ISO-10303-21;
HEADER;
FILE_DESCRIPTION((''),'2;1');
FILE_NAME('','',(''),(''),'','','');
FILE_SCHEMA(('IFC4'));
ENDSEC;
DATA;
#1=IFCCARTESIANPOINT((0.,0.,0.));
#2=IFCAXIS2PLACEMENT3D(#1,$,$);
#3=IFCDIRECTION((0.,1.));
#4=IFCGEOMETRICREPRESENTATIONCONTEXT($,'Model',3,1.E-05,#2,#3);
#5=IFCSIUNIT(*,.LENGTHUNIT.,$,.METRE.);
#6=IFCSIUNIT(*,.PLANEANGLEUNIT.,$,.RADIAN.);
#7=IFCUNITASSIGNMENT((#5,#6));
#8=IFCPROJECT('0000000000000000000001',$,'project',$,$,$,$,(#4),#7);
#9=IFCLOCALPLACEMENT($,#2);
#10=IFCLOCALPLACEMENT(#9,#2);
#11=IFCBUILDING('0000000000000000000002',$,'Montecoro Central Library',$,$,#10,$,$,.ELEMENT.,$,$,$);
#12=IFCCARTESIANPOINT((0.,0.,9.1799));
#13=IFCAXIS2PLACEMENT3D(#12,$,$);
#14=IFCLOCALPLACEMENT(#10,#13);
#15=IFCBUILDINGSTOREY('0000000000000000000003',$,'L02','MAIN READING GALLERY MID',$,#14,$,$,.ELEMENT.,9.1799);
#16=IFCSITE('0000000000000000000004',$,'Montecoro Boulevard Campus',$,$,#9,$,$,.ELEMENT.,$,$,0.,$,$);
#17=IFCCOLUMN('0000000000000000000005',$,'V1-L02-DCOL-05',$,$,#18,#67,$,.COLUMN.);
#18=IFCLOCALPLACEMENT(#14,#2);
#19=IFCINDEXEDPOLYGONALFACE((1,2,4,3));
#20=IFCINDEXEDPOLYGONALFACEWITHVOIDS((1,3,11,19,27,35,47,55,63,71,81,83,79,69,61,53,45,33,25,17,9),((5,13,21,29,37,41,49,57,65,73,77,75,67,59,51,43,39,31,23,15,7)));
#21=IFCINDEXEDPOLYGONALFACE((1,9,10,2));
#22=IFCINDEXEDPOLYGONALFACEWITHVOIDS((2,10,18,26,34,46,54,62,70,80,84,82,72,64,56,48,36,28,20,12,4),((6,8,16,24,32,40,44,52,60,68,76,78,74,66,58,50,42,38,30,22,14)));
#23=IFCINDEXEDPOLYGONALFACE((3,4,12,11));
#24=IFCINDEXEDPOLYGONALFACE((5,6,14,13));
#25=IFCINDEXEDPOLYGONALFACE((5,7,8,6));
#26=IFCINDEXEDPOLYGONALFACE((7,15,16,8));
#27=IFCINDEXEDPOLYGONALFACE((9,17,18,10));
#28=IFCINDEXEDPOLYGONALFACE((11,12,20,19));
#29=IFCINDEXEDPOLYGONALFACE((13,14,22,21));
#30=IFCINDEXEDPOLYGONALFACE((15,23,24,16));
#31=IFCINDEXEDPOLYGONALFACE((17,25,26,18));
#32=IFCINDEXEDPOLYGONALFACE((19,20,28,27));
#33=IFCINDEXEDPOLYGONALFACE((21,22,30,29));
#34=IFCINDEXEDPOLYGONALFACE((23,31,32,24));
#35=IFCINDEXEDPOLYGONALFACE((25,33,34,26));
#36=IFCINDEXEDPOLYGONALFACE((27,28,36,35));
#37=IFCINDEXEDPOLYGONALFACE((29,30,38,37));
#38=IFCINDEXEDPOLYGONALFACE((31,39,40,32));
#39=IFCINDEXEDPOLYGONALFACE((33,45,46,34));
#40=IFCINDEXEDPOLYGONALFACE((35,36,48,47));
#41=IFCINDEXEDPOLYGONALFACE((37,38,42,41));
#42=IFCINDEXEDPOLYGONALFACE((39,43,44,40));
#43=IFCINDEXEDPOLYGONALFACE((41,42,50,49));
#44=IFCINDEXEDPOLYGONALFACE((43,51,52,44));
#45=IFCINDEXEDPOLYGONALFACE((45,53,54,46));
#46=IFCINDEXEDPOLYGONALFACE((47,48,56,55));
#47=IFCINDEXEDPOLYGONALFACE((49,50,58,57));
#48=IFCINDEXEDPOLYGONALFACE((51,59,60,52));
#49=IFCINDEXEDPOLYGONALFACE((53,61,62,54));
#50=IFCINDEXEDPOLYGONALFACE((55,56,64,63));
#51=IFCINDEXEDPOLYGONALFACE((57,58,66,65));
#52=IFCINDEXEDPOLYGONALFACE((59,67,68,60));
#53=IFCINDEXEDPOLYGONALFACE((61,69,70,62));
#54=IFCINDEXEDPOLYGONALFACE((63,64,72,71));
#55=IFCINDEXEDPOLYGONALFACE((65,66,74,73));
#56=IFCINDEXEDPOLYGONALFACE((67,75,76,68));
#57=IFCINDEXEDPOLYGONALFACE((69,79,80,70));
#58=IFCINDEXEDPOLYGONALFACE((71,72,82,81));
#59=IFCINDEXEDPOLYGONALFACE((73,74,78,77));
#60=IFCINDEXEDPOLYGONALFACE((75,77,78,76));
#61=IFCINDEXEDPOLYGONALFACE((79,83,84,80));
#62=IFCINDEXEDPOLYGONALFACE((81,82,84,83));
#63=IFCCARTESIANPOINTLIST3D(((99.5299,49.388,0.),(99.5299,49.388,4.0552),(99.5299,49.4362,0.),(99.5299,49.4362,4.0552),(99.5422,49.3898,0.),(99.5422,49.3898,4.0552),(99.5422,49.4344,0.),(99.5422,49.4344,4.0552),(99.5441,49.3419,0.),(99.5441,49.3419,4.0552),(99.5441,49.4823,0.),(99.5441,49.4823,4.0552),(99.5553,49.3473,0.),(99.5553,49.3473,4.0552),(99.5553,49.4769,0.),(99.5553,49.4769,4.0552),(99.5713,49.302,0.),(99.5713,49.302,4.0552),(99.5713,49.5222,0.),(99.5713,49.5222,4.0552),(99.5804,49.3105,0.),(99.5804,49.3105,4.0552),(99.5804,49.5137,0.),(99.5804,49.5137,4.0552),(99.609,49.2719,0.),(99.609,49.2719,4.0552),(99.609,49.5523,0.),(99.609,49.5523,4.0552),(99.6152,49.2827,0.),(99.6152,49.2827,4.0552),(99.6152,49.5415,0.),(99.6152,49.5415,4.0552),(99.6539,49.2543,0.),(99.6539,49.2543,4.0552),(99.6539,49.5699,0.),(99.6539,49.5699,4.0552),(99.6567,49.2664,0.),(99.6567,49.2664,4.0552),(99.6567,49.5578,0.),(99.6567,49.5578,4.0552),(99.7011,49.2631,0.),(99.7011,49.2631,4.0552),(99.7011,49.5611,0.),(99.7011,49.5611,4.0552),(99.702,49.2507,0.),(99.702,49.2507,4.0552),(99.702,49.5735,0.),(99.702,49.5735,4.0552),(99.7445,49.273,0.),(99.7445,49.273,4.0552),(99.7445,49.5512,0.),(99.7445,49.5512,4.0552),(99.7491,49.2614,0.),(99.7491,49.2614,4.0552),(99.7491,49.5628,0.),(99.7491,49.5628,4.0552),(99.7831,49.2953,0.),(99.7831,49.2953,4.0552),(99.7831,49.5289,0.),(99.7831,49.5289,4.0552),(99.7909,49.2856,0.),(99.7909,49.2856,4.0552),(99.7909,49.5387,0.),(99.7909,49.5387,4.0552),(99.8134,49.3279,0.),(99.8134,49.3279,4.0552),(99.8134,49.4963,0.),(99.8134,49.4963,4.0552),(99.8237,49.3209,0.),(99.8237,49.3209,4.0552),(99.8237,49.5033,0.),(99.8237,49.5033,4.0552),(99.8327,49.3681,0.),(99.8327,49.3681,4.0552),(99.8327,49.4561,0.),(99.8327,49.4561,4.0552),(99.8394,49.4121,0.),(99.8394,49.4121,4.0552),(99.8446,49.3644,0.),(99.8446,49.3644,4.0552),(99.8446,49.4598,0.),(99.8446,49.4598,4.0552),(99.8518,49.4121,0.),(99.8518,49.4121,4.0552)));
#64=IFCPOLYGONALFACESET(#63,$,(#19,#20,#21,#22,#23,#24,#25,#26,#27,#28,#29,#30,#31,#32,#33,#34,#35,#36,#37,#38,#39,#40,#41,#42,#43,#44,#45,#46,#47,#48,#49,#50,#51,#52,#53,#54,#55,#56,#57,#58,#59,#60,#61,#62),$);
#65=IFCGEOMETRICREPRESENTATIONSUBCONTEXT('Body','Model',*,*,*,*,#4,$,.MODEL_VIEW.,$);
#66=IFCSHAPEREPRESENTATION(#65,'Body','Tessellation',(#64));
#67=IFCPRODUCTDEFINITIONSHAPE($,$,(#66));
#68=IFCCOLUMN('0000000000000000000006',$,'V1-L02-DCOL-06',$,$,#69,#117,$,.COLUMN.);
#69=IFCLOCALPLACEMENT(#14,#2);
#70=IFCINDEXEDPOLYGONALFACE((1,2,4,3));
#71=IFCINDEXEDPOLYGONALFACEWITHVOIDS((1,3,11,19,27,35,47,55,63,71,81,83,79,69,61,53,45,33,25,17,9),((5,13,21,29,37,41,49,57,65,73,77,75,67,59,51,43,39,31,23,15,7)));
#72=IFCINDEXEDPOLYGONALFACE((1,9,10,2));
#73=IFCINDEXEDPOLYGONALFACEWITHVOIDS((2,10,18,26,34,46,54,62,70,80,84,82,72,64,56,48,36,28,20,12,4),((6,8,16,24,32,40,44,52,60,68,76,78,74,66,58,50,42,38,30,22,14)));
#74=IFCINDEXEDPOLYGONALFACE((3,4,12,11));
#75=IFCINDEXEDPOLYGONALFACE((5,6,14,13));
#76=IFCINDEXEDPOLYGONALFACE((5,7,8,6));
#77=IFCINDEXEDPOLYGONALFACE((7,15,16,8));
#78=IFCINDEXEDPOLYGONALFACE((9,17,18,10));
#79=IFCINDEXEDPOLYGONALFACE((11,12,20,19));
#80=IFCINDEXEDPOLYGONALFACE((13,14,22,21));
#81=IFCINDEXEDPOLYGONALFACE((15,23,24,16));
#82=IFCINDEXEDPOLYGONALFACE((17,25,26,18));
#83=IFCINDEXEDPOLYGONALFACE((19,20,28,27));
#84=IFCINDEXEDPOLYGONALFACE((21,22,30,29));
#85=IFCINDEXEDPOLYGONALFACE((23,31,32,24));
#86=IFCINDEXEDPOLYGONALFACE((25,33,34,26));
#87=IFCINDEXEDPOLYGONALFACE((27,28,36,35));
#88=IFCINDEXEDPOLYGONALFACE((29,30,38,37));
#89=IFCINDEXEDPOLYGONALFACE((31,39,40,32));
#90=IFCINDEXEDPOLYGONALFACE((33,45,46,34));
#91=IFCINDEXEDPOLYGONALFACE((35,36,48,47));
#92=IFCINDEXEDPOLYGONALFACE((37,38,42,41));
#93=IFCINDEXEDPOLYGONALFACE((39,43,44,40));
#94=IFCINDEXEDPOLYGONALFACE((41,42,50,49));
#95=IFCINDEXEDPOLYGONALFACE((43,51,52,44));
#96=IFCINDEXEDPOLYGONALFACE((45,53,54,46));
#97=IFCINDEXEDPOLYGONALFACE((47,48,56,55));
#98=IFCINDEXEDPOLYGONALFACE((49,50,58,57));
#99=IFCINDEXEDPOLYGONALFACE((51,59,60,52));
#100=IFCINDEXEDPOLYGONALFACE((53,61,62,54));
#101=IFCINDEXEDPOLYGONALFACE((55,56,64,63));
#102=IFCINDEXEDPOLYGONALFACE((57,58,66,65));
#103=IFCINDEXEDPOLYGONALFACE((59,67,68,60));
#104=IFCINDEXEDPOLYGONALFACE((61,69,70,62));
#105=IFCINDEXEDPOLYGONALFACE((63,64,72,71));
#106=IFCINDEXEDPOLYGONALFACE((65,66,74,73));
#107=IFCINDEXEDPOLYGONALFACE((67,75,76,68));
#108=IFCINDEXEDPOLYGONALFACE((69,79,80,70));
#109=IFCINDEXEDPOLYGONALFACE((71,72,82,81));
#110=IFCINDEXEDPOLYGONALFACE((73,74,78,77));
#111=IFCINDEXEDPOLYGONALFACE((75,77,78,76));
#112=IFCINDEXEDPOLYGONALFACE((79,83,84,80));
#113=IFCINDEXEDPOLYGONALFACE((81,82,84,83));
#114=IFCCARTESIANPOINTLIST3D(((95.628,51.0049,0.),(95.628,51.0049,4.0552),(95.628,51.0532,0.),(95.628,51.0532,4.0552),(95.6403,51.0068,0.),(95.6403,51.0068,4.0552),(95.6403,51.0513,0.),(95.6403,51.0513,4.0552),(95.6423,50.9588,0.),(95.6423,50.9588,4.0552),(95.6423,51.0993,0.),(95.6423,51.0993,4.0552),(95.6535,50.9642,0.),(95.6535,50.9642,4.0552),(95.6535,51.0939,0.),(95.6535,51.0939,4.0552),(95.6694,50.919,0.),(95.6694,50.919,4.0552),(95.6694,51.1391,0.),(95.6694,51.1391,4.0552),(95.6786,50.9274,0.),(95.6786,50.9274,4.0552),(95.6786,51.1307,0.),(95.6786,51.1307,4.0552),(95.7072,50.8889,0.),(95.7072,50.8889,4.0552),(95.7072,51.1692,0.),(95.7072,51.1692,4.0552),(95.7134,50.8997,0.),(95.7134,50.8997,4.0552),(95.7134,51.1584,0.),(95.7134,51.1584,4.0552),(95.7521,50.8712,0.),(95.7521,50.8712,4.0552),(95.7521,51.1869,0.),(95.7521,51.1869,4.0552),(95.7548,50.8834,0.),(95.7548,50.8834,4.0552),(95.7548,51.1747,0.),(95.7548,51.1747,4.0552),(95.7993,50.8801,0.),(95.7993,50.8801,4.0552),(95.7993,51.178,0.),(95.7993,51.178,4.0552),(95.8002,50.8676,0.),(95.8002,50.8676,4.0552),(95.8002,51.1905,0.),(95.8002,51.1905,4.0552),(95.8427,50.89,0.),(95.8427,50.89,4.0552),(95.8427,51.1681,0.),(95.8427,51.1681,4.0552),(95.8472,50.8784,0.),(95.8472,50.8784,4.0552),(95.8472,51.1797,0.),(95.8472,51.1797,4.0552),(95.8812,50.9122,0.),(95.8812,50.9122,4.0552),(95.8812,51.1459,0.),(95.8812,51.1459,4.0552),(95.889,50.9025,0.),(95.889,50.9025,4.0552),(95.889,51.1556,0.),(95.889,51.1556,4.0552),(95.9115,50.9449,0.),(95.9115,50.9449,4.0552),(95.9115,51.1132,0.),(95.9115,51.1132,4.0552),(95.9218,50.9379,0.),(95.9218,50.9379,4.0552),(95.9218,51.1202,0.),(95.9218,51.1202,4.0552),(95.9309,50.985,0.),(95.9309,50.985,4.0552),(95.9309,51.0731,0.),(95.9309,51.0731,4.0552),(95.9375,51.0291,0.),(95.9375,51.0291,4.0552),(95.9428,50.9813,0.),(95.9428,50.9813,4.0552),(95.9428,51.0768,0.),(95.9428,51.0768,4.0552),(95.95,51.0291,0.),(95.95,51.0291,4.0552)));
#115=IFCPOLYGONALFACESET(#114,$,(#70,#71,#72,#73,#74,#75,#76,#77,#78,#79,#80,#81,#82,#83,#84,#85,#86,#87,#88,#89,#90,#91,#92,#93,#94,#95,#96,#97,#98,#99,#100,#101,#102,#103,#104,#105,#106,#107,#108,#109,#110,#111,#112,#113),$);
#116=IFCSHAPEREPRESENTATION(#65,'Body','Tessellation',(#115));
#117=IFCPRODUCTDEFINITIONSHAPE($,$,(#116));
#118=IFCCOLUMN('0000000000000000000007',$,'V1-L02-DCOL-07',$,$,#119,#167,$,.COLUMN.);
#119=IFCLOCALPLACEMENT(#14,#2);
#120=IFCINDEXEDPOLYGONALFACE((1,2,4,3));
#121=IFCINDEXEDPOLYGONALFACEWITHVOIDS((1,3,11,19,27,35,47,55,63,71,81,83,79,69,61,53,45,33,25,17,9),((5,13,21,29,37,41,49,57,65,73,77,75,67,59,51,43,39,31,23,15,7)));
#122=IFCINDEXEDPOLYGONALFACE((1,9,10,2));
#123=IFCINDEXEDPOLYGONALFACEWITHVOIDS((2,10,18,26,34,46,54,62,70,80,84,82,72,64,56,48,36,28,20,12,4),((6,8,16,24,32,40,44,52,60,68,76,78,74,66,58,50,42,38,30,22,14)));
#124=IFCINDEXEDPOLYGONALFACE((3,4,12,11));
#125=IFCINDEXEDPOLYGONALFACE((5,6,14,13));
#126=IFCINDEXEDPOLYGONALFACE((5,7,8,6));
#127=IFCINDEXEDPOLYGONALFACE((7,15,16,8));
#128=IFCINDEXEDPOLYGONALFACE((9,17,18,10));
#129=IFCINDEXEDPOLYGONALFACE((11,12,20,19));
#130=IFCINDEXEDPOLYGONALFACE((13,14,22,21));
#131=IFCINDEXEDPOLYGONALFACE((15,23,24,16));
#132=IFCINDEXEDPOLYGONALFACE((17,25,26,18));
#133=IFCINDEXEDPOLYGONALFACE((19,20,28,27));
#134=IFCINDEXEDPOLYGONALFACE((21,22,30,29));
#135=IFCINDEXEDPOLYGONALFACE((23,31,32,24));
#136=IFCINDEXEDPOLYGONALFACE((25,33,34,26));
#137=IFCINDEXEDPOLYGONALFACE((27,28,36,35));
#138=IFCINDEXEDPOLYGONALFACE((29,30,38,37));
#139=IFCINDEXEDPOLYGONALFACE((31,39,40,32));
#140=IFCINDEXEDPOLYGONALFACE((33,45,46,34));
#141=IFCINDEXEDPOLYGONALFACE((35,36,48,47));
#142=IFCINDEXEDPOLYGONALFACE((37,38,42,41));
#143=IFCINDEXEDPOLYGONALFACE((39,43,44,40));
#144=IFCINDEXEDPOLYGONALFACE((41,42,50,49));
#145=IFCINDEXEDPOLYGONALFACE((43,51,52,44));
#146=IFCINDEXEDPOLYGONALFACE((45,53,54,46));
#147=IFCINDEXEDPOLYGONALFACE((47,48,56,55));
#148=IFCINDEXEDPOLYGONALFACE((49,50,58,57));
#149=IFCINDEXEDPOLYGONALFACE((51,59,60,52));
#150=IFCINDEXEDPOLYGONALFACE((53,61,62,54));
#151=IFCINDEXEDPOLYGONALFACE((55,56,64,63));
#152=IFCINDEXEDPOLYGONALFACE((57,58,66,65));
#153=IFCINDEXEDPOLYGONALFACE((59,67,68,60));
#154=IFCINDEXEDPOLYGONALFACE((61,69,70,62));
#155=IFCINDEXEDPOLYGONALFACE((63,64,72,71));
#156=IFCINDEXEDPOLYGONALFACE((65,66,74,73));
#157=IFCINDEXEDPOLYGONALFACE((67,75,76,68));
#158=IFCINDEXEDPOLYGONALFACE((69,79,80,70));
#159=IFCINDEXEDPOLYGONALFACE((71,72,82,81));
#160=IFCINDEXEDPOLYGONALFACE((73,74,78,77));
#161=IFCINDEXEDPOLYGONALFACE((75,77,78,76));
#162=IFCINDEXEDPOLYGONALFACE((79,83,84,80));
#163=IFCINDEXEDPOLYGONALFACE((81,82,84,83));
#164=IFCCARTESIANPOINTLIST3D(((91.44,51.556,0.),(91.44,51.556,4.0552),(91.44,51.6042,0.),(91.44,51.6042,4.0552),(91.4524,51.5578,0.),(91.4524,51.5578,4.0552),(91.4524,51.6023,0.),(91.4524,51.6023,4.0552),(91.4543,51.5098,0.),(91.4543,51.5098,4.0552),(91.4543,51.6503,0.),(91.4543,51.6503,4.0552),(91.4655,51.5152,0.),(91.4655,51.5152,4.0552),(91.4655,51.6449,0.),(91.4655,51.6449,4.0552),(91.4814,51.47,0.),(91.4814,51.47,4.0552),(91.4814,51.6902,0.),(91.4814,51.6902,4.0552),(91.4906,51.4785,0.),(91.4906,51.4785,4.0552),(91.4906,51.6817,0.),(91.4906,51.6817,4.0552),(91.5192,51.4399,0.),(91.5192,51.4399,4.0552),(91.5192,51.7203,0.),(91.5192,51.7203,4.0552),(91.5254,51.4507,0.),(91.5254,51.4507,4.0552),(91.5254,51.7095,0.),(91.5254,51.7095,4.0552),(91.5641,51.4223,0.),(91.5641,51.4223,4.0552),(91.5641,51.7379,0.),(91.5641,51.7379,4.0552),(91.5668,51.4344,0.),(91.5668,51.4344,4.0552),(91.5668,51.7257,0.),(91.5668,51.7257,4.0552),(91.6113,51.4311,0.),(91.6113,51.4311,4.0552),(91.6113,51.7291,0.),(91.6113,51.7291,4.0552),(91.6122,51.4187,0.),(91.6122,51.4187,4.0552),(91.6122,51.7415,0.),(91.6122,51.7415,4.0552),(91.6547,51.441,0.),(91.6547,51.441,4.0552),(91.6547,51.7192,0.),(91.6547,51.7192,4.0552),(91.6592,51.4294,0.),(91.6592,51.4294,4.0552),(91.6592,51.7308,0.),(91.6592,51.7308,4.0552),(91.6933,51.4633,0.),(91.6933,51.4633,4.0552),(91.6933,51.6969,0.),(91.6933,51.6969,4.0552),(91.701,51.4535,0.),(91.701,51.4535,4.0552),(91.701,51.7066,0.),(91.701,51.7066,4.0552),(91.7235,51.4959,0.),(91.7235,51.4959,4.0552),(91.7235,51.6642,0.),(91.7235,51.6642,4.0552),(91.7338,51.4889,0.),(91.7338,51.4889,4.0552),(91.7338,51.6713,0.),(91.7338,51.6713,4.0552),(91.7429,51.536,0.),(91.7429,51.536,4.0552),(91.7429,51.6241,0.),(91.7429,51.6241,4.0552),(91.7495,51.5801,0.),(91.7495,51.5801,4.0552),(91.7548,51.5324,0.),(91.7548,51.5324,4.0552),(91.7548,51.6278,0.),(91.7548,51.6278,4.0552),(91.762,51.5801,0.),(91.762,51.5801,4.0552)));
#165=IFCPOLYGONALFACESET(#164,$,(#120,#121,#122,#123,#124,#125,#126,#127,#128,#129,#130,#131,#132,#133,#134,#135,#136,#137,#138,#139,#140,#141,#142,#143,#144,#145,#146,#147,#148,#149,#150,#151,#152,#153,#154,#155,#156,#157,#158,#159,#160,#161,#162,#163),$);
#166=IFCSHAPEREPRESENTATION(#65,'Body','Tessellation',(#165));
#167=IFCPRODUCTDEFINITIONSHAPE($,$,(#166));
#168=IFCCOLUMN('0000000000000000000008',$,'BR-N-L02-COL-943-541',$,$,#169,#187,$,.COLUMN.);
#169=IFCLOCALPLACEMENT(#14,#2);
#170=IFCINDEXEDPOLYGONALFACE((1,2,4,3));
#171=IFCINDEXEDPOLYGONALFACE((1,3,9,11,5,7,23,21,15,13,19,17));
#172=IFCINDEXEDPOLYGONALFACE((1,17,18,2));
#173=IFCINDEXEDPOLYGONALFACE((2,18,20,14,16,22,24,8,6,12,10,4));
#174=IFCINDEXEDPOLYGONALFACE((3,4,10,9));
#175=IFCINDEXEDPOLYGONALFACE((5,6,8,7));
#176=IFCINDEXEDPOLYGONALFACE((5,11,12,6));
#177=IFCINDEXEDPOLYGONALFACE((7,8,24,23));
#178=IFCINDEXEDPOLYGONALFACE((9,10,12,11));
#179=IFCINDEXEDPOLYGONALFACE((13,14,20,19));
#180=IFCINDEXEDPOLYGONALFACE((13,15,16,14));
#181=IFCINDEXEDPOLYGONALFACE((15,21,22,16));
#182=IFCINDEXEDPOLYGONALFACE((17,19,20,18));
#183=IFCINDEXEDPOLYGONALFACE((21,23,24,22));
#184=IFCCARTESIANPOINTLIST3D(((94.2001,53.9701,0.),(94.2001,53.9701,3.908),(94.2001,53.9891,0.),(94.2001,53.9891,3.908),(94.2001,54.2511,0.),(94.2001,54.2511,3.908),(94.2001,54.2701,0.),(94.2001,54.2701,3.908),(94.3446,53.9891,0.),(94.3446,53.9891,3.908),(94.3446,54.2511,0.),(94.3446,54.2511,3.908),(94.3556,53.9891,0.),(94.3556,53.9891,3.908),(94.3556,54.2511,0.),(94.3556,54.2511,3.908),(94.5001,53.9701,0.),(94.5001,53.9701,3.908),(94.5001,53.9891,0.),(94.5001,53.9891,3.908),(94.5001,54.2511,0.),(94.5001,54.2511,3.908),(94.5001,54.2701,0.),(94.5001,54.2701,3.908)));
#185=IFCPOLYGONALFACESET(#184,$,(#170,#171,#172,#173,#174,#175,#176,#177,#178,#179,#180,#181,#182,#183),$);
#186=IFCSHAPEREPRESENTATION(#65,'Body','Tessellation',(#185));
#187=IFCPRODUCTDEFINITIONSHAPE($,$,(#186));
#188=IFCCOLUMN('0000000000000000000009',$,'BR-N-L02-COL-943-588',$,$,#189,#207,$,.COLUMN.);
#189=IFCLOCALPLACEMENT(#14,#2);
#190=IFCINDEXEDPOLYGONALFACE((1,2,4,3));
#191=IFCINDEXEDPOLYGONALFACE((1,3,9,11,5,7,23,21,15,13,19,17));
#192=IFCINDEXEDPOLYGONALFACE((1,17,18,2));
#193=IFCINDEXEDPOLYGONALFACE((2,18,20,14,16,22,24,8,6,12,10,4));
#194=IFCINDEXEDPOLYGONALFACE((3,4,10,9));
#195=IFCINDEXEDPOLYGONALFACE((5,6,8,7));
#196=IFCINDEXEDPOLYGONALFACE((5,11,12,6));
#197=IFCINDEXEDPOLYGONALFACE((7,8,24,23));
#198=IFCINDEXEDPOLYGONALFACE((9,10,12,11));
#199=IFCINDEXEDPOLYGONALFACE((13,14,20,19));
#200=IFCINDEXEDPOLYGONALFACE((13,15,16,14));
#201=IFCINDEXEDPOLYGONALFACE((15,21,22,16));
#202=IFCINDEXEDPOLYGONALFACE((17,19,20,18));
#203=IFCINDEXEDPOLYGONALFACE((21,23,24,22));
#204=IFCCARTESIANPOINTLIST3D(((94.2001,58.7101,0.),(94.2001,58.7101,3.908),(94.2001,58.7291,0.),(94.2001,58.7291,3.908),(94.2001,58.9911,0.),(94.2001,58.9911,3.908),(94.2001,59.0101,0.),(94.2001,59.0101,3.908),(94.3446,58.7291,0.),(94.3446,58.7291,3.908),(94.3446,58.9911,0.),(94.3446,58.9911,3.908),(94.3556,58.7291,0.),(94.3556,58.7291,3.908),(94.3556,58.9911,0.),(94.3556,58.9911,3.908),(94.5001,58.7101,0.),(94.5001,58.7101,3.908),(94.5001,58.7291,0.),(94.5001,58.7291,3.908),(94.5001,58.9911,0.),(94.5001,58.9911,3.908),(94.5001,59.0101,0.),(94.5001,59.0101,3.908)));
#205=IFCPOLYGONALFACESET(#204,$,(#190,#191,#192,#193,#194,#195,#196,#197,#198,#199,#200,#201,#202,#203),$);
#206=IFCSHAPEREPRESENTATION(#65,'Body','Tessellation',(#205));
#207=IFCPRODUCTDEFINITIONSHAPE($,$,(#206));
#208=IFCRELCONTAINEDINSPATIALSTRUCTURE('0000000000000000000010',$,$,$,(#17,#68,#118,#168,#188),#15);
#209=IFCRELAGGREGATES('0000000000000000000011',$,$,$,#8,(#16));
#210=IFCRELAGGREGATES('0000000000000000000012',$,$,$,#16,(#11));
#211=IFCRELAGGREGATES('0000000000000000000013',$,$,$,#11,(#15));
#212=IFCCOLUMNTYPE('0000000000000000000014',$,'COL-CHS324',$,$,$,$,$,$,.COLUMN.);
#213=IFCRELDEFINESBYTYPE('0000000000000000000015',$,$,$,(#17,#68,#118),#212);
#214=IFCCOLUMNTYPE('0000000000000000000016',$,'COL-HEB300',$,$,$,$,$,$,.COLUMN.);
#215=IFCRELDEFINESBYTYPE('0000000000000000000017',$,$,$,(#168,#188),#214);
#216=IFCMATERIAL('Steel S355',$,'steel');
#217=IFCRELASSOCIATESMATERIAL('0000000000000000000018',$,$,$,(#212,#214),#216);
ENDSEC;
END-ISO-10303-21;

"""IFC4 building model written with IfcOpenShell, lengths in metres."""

from ifc_helpers import new_model, si_unit, direction, frame, origin, origin_2d, place, context, subcontext, project, spatial, hollow_circle, i_section, extrude, material, material_profile, profile_set, type_object, element, save


model = new_model("IFC4")

# Units and contexts
model_context = context("Model", 3, precision=1e-05, world=origin(), true_north=direction((0.0, 1.0)))
body_context = subcontext(model_context, "Body", "Model", "MODEL_VIEW")
ifc_project = project(units=[si_unit("LENGTHUNIT", "METRE"), si_unit("PLANEANGLEUNIT", "RADIAN")], contexts=[model_context])

# Site, building, storey
site_placement = place(None, origin())
site = spatial("IfcSite", under=ifc_project, at=site_placement, Name="Montecoro Boulevard Campus", CompositionType="ELEMENT", RefElevation=0.0)
building_placement = place(site_placement, origin())
building = spatial("IfcBuilding", under=site, at=building_placement, Name="Montecoro Central Library", CompositionType="ELEMENT")
storey_placement = place(building_placement, frame((0.0, 0.0, 9.1799)))
storey = spatial("IfcBuildingStorey", under=building, at=storey_placement, Name="L02", Description="MAIN READING GALLERY MID", CompositionType="ELEMENT", Elevation=9.1799)

# Columns
ifc_material_1 = material(Name="Steel S355", Category="steel")
ifc_material_profile_1 = material_profile(ifc_material_1, hollow_circle(Radius=0.1619, WallThickness=0.0125, at=origin_2d()), Name="CHS 323.9x12.5")
ifc_profile_set_1 = profile_set([ifc_material_profile_1], Name="Steel S355")
column_type_1 = type_object("IfcColumnType", Name="COL-CHS324", PredefinedType="COLUMN", material=ifc_profile_set_1)
for number, where, z_axis, x_axis, name in (
    (1, (99.6899, 49.4121, 0.0), (0.0, 0.0, 1.0), (1.0, 0.0, 0.0), "V1-L02-DCOL-05"),
    (2, (95.7881, 51.0291, 0.0), (0.0, 0.0, 1.0), (1.0, 0.0, 0.0), "V1-L02-DCOL-06"),
    (3, (91.6001, 51.5801, 0.0), (0.0, 0.0, 1.0), (1.0, 0.0, 0.0), "V1-L02-DCOL-07"),
):
    element("IfcColumn", number, at=place(storey_placement, frame(where, z_axis=z_axis, x_axis=x_axis)), inside=storey, type_object=column_type_1, Name=name, PredefinedType="COLUMN", context=body_context, shape_type="SweptSolid", body=[
        extrude(hollow_circle(Radius=0.1619, WallThickness=0.0125, at=origin_2d()), origin(), (0.0, 0.0, 1.0), 4.0552),
    ])
ifc_material_profile_2 = material_profile(ifc_material_1, i_section(OverallWidth=0.3, OverallDepth=0.3, WebThickness=0.011, FlangeThickness=0.019, at=origin_2d()), Name="HEB 300")
ifc_profile_set_2 = profile_set([ifc_material_profile_2], Name="Steel S355")
column_type_2 = type_object("IfcColumnType", Name="COL-HEB300", PredefinedType="COLUMN", material=ifc_profile_set_2)
for number, where, z_axis, x_axis, name in (
    (4, (94.3501, 54.1201, 0.0), (0.0, 0.0, 1.0), (1.0, 0.0, 0.0), "BR-N-L02-COL-943-541"),
    (5, (94.3501, 58.8601, 0.0), (0.0, 0.0, 1.0), (1.0, 0.0, 0.0), "BR-N-L02-COL-943-588"),
):
    element("IfcColumn", number, at=place(storey_placement, frame(where, z_axis=z_axis, x_axis=x_axis)), inside=storey, type_object=column_type_2, Name=name, PredefinedType="COLUMN", context=body_context, shape_type="SweptSolid", body=[
        extrude(i_section(OverallWidth=0.3, OverallDepth=0.3, WebThickness=0.011, FlangeThickness=0.019, at=origin_2d()), origin(), (0.0, 0.0, 1.0), 3.908),
    ])

save(model, "model.ifc")
